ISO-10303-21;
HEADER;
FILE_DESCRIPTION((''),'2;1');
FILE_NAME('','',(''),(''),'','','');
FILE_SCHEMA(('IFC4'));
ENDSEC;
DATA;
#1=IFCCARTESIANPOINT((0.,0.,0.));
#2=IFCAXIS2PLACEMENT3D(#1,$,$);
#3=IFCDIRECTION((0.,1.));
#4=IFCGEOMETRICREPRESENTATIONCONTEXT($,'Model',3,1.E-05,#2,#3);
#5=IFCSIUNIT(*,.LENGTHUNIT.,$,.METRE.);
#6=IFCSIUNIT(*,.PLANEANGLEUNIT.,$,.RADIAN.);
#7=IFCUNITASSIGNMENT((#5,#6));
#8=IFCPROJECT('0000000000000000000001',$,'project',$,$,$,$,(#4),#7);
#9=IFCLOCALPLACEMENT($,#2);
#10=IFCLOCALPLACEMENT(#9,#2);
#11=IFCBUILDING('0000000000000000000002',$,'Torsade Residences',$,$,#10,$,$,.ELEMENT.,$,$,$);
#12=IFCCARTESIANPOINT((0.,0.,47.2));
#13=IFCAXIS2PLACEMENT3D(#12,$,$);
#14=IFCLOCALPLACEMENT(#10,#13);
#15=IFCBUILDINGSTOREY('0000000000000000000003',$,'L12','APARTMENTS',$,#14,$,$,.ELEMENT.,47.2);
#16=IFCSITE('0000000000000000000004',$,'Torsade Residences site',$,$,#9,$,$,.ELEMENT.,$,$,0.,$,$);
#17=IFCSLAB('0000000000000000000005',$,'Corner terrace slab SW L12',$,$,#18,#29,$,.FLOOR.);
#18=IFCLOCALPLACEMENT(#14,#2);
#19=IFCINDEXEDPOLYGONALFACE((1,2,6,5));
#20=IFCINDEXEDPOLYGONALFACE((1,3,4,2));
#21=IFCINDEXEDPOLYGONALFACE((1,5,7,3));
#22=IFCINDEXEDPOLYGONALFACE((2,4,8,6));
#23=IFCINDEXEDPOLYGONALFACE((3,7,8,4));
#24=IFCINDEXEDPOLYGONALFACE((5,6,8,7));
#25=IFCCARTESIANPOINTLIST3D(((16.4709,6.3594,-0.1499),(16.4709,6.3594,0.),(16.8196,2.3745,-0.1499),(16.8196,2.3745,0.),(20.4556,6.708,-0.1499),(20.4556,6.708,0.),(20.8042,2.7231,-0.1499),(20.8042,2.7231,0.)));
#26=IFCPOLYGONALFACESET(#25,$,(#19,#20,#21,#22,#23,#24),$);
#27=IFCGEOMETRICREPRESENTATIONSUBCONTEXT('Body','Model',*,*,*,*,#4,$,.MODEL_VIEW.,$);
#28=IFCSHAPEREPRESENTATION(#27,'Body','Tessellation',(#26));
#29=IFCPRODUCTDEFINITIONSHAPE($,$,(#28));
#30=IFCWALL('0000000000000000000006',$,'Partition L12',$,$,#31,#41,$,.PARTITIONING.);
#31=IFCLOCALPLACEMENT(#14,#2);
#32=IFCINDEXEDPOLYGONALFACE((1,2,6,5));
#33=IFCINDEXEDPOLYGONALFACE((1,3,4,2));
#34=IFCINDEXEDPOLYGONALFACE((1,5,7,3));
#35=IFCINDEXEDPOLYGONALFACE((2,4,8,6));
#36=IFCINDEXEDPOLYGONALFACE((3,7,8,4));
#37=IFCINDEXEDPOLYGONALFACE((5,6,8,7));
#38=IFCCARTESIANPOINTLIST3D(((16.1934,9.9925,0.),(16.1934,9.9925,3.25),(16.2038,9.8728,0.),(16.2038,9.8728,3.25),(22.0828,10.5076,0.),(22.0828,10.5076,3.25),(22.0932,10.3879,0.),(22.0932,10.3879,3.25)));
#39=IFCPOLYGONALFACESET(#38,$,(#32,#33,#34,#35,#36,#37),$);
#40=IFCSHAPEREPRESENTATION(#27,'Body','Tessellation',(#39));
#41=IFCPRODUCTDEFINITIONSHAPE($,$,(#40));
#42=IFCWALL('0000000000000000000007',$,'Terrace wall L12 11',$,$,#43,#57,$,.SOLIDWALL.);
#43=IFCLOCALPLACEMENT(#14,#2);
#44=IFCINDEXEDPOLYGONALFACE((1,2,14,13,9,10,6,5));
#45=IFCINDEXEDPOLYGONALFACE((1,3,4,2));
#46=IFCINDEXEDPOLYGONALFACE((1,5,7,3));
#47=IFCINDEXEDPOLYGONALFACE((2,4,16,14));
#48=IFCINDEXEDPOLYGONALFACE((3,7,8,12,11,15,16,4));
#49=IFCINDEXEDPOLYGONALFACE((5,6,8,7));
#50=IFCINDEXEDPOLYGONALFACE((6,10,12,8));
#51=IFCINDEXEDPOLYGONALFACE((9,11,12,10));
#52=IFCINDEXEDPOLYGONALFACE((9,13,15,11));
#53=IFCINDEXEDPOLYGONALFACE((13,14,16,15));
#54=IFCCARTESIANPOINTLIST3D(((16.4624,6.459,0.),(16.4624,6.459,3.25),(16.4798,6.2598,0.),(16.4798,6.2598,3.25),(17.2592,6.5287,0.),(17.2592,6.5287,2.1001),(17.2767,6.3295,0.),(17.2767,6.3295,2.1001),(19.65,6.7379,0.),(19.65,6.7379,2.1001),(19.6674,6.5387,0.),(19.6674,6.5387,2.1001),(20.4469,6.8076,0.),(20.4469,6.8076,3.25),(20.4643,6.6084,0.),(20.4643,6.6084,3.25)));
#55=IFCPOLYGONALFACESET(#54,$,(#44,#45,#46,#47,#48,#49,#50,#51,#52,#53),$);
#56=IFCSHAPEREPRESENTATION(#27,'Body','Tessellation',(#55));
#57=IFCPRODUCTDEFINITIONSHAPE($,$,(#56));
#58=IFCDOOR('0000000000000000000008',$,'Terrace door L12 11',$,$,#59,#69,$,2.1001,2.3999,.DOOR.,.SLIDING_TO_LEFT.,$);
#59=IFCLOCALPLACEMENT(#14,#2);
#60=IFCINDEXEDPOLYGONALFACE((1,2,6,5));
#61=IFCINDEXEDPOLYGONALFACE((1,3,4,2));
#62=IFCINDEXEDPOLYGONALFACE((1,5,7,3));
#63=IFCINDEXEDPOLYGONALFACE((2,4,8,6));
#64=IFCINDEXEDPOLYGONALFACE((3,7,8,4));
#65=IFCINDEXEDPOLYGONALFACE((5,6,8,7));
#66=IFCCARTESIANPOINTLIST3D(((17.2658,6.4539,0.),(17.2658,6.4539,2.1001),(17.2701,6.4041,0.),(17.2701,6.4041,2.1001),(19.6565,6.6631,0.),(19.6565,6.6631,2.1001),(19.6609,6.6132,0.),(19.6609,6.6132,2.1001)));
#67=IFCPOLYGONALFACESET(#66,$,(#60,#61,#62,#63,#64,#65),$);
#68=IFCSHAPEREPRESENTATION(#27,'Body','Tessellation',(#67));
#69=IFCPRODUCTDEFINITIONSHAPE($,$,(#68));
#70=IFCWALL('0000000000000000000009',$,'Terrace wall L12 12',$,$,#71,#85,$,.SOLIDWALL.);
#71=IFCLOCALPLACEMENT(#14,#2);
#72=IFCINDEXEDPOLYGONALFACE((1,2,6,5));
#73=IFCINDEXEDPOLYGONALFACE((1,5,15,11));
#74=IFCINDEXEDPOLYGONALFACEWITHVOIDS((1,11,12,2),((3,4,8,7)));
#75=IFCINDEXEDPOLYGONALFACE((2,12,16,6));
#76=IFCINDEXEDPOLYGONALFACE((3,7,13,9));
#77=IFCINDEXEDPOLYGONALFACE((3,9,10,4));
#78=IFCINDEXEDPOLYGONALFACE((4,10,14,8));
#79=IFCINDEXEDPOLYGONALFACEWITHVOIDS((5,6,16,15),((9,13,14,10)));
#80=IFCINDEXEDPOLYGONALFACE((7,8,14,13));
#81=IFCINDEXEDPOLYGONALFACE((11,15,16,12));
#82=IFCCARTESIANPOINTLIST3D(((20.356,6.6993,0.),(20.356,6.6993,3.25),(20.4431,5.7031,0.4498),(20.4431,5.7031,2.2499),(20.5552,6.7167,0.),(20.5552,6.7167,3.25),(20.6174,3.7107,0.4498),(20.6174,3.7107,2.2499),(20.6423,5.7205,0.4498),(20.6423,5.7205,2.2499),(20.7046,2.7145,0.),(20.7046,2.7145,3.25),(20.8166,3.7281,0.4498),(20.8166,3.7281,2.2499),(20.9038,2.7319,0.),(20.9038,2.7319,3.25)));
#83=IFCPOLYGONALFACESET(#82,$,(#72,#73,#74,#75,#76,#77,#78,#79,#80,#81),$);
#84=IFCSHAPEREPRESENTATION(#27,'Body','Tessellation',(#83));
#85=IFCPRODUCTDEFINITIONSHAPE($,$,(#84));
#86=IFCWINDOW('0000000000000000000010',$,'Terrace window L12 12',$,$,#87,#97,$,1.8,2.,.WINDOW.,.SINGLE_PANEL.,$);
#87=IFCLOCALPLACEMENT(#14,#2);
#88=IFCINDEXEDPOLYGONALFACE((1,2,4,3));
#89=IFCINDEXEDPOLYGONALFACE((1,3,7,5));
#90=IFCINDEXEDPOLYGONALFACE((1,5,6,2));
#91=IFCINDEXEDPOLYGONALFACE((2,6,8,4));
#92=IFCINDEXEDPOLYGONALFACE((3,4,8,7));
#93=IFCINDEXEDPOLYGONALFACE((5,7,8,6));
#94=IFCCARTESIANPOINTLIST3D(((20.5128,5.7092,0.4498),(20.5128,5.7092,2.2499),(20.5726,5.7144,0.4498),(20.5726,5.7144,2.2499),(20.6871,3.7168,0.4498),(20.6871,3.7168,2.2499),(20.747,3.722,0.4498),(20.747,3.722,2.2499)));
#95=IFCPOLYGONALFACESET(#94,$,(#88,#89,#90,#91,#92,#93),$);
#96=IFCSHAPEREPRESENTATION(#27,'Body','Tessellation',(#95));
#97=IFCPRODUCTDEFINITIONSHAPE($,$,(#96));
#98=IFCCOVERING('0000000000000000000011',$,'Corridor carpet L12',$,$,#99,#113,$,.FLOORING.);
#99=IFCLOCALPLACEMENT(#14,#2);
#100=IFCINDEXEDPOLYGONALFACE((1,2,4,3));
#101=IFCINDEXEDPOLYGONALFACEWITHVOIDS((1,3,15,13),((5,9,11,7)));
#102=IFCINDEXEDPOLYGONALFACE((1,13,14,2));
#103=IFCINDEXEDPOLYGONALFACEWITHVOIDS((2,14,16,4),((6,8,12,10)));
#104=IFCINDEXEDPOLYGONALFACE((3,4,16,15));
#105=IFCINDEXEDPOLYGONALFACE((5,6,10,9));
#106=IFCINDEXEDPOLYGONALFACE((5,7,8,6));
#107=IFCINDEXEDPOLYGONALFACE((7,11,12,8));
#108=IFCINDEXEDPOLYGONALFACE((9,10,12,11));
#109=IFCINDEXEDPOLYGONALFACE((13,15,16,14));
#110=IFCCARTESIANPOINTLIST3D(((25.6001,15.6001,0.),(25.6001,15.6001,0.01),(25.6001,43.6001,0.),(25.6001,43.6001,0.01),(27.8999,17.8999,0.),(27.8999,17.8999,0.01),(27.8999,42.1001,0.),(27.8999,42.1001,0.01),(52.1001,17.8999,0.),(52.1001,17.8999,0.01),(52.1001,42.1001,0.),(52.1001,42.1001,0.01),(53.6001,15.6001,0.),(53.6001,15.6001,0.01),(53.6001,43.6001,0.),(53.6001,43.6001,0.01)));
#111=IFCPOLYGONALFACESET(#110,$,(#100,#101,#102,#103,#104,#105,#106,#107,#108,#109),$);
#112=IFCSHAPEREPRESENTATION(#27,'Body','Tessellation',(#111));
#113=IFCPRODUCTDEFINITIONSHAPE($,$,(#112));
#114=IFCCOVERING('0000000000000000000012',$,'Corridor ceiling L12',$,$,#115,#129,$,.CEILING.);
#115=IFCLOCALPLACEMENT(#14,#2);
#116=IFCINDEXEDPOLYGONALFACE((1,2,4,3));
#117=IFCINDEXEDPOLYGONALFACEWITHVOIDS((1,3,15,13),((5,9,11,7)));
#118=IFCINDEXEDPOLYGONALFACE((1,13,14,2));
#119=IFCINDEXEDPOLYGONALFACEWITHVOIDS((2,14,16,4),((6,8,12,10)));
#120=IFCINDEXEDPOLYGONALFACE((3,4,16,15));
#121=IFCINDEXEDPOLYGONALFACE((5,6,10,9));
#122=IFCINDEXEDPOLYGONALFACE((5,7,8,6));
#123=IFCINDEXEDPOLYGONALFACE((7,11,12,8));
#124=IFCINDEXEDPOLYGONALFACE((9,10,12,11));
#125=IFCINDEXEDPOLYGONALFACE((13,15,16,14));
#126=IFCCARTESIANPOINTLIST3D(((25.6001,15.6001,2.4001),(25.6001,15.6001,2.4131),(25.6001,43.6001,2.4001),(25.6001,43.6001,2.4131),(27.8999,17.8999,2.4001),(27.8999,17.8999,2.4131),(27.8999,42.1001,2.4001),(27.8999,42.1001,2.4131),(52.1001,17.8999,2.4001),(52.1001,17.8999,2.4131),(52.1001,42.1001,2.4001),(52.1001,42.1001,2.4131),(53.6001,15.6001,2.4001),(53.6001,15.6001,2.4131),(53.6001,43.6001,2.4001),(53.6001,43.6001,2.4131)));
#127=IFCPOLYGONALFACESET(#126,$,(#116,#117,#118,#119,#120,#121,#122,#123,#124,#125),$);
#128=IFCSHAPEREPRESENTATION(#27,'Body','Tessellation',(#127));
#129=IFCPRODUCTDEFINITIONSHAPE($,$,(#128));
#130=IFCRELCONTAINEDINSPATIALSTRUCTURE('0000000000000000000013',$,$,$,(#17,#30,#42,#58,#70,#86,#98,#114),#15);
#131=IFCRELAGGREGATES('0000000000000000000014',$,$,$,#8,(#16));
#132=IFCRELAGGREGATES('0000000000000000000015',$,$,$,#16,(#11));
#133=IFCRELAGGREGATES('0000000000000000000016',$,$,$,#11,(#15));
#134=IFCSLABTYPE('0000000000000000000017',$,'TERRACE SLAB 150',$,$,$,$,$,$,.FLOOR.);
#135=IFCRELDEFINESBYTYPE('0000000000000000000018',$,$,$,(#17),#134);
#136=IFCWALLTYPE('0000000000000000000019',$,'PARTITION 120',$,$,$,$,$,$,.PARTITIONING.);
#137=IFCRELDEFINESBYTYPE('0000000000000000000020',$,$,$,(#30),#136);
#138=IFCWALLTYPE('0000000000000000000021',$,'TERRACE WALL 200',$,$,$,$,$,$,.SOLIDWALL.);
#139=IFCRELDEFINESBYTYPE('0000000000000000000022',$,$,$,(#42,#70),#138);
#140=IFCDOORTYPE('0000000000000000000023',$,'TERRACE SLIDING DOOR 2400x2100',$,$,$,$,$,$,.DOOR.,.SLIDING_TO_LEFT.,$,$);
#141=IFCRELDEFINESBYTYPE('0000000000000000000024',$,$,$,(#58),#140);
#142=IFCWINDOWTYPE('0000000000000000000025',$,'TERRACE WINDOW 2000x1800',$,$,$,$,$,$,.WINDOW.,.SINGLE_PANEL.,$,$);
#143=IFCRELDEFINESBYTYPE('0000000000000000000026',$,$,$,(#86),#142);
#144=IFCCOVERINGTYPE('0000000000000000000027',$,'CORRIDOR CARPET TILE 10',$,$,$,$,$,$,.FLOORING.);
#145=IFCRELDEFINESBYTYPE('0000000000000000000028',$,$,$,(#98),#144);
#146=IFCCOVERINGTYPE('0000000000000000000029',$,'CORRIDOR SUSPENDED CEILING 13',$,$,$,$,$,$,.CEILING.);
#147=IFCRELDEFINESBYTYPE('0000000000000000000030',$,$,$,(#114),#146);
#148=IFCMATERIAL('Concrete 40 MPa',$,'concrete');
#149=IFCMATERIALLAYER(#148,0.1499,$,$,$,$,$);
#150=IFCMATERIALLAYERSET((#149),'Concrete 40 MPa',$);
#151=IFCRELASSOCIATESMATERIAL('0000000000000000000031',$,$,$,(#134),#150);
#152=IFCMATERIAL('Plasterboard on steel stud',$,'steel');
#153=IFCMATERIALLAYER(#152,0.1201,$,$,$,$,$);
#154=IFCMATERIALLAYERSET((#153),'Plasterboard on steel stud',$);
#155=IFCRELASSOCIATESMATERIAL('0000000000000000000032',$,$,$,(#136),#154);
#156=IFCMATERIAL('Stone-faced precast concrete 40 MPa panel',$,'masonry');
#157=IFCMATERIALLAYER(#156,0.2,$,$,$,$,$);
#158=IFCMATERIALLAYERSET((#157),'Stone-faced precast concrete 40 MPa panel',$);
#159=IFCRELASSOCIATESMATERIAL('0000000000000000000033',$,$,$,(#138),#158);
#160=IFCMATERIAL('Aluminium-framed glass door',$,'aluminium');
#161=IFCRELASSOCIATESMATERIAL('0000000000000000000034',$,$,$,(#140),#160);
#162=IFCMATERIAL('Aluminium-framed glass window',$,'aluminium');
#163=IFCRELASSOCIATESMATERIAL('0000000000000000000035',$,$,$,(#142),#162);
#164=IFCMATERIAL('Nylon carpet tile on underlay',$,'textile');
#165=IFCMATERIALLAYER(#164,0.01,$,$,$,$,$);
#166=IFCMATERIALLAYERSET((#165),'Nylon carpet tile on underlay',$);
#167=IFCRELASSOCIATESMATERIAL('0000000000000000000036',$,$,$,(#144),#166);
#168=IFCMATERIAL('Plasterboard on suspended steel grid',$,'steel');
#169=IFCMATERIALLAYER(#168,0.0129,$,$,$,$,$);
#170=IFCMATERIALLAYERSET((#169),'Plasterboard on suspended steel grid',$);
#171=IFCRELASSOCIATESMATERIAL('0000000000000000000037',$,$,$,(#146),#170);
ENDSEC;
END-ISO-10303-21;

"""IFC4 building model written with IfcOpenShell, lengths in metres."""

from ifc_helpers import new_model, si_unit, direction, frame, frame_2d, origin, place, context, subcontext, project, spatial, polyline, rectangle, outline, extrude, material, layer, layer_set, type_object, element, fill, save


model = new_model("IFC4")

# Units and contexts
model_context = context("Model", 3, precision=1e-05, world=origin(), true_north=direction((0.0, 1.0)))
body_context = subcontext(model_context, "Body", "Model", "MODEL_VIEW")
ifc_project = project(units=[si_unit("LENGTHUNIT", "METRE"), si_unit("PLANEANGLEUNIT", "RADIAN")], contexts=[model_context])

# Site, building, storey
site_placement = place(None, origin())
site = spatial("IfcSite", under=ifc_project, at=site_placement, Name="Torsade Residences site", CompositionType="ELEMENT", RefElevation=0.0)
building_placement = place(site_placement, origin())
building = spatial("IfcBuilding", under=site, at=building_placement, Name="Torsade Residences", CompositionType="ELEMENT")
storey_placement = place(building_placement, frame((0.0, 0.0, 47.2)))
storey = spatial("IfcBuildingStorey", under=building, at=storey_placement, Name="L12", Description="APARTMENTS", CompositionType="ELEMENT", Elevation=47.2)

# Slab
ifc_material_1 = material(Name="Concrete 40 MPa", Category="concrete")
ifc_layer_1 = layer(ifc_material_1, 0.1499)
ifc_layer_set_1 = layer_set([ifc_layer_1], Name="Concrete 40 MPa")
slab_type_1 = type_object("IfcSlabType", Name="TERRACE SLAB 150", PredefinedType="FLOOR", material=ifc_layer_set_1)
slab_1_placement = place(storey_placement, frame((0.0, 0.0, -0.1499)))
element("IfcSlab", 1, at=slab_1_placement, inside=storey, type_object=slab_type_1, Name="Corner terrace slab SW L12", PredefinedType="FLOOR", context=body_context, shape_type="SweptSolid", body=[
    extrude(outline(polyline([(16.8196, 2.3745), (20.8042, 2.7231), (20.4556, 6.708), (16.4709, 6.3594), (16.8196, 2.3745)])), origin(), (0.0, 0.0, 1.0), 0.1499),
])

# Wall
ifc_material_2 = material(Name="Plasterboard on steel stud", Category="steel")
ifc_layer_2 = layer(ifc_material_2, 0.1201)
ifc_layer_set_2 = layer_set([ifc_layer_2], Name="Plasterboard on steel stud")
wall_type_1 = type_object("IfcWallType", Name="PARTITION 120", PredefinedType="PARTITIONING", material=ifc_layer_set_2)
wall_1_placement = place(storey_placement, frame((16.1985, 9.9326, 0.0), z_axis=(0.0, 0.0, 1.0), x_axis=(0.996196, 0.087136, 0.0)))
element("IfcWall", 2, at=wall_1_placement, inside=storey, type_object=wall_type_1, Name="Partition L12", PredefinedType="PARTITIONING", context=body_context, shape_type="SweptSolid", body=[
    extrude(rectangle(XDim=5.9119, YDim=0.1201, at=frame_2d((2.9561, 0.0))), origin(), (0.0, 0.0, 1.0), 3.25),
])

# Wall, opening, door
ifc_material_3 = material(Name="Stone-faced precast concrete 40 MPa panel", Category="masonry")
ifc_layer_3 = layer(ifc_material_3, 0.2)
ifc_layer_set_3 = layer_set([ifc_layer_3], Name="Stone-faced precast concrete 40 MPa panel")
wall_type_2 = type_object("IfcWallType", Name="TERRACE WALL 200", PredefinedType="SOLIDWALL", material=ifc_layer_set_3)
wall_2_placement = place(storey_placement, frame((16.4709, 6.3594, 0.0), z_axis=(0.0, 0.0, 1.0), x_axis=(0.996194, 0.087162, 0.0)))
wall_2 = element("IfcWall", 3, at=wall_2_placement, inside=storey, type_object=wall_type_2, Name="Terrace wall L12 11", PredefinedType="SOLIDWALL", context=body_context, shape_type="SweptSolid", body=[
    extrude(rectangle(XDim=3.9998, YDim=0.2, at=frame_2d((2.0, 0.0))), origin(), (0.0, 0.0, 1.0), 3.25),
])
opening_1_placement = place(wall_2_placement, frame((0.8, 0.0, 0.0)))
opening_1 = element("IfcOpeningElement", 4, at=opening_1_placement, cuts=wall_2, PredefinedType="OPENING", context=body_context, shape_type="SweptSolid", body=[
    extrude(rectangle(XDim=2.3999, YDim=2.1001, at=frame_2d((1.2, 1.05))), frame((0.0, 0.1099, 0.0), z_axis=(0.0, -1.0, 0.0), x_axis=(1.0, 0.0, 0.0)), (0.0, 0.0, 1.0), 0.22),
])
ifc_material_4 = material(Name="Aluminium-framed glass door", Category="aluminium")
door_type = type_object("IfcDoorType", Name="TERRACE SLIDING DOOR 2400x2100", OperationType="SLIDING_TO_LEFT", PredefinedType="DOOR", material=ifc_material_4)
door_placement = place(opening_1_placement, origin())
door = element("IfcDoor", 5, at=door_placement, inside=storey, type_object=door_type, Name="Terrace door L12 11", OperationType="SLIDING_TO_LEFT", OverallHeight=2.1001, OverallWidth=2.3999, PredefinedType="DOOR", context=body_context, shape_type="SweptSolid", body=[
    extrude(rectangle(XDim=2.3999, YDim=2.1001, at=frame_2d((1.2, 1.05))), frame((0.0, 0.0249, 0.0), z_axis=(0.0, -1.0, 0.0), x_axis=(1.0, 0.0, 0.0)), (0.0, 0.0, 1.0), 0.05),
])
fill(opening_1, door)

# Wall, opening, window
wall_3_placement = place(storey_placement, frame((20.4556, 6.708, 0.0), z_axis=(0.0, 0.0, 1.0), x_axis=(0.087156, -0.996195, 0.0)))
wall_3 = element("IfcWall", 6, at=wall_3_placement, inside=storey, type_object=wall_type_2, Name="Terrace wall L12 12", PredefinedType="SOLIDWALL", context=body_context, shape_type="SweptSolid", body=[
    extrude(rectangle(XDim=4.0, YDim=0.2, at=frame_2d((2.0, 0.0))), origin(), (0.0, 0.0, 1.0), 3.25),
])
opening_2_placement = place(wall_3_placement, frame((1.0, 0.0, 0.45)))
opening_2 = element("IfcOpeningElement", 7, at=opening_2_placement, cuts=wall_3, PredefinedType="OPENING", context=body_context, shape_type="SweptSolid", body=[
    extrude(rectangle(XDim=2.0, YDim=1.8, at=frame_2d((1.0, 0.8999))), frame((0.0, 0.1099, 0.0), z_axis=(0.0, -1.0, 0.0), x_axis=(1.0, 0.0, 0.0)), (0.0, 0.0, 1.0), 0.22),
])
ifc_material_5 = material(Name="Aluminium-framed glass window", Category="aluminium")
window_type = type_object("IfcWindowType", Name="TERRACE WINDOW 2000x1800", PartitioningType="SINGLE_PANEL", PredefinedType="WINDOW", material=ifc_material_5)
window_placement = place(opening_2_placement, origin())
window = element("IfcWindow", 8, at=window_placement, inside=storey, type_object=window_type, Name="Terrace window L12 12", OverallHeight=1.8, OverallWidth=2.0, PartitioningType="SINGLE_PANEL", PredefinedType="WINDOW", context=body_context, shape_type="SweptSolid", body=[
    extrude(rectangle(XDim=2.0, YDim=1.8, at=frame_2d((1.0, 0.8999))), frame((0.0, 0.03, 0.0), z_axis=(0.0, -1.0, 0.0), x_axis=(1.0, 0.0, 0.0)), (0.0, 0.0, 1.0), 0.0601),
])
fill(opening_2, window)

# Coverings
ifc_material_6 = material(Name="Nylon carpet tile on underlay", Category="textile")
ifc_layer_4 = layer(ifc_material_6, 0.01)
ifc_layer_set_4 = layer_set([ifc_layer_4], Name="Nylon carpet tile on underlay")
covering_type_1 = type_object("IfcCoveringType", Name="CORRIDOR CARPET TILE 10", PredefinedType="FLOORING", material=ifc_layer_set_4)
covering_1_placement = place(storey_placement, origin())
element("IfcCovering", 9, at=covering_1_placement, inside=storey, type_object=covering_type_1, Name="Corridor carpet L12", PredefinedType="FLOORING", context=body_context, shape_type="SweptSolid", body=[
    extrude(outline(polyline([(53.6001, 15.6001), (53.6001, 43.6001), (25.6001, 43.6001), (25.6001, 15.6001), (53.6001, 15.6001)]), holes=[polyline([(52.1001, 42.1001), (27.8999, 42.1001), (27.8999, 17.8999), (52.1001, 17.8999), (52.1001, 42.1001)])]), origin(), (0.0, 0.0, 1.0), 0.01),
])
ifc_material_7 = material(Name="Plasterboard on suspended steel grid", Category="steel")
ifc_layer_5 = layer(ifc_material_7, 0.0129)
ifc_layer_set_5 = layer_set([ifc_layer_5], Name="Plasterboard on suspended steel grid")
covering_type_2 = type_object("IfcCoveringType", Name="CORRIDOR SUSPENDED CEILING 13", PredefinedType="CEILING", material=ifc_layer_set_5)
covering_2_placement = place(storey_placement, frame((0.0, 0.0, 2.4001)))
element("IfcCovering", 10, at=covering_2_placement, inside=storey, type_object=covering_type_2, Name="Corridor ceiling L12", PredefinedType="CEILING", context=body_context, shape_type="SweptSolid", body=[
    extrude(outline(polyline([(53.6001, 15.6001), (53.6001, 43.6001), (25.6001, 43.6001), (25.6001, 15.6001), (53.6001, 15.6001)]), holes=[polyline([(52.1001, 42.1001), (27.8999, 42.1001), (27.8999, 17.8999), (52.1001, 17.8999), (52.1001, 42.1001)])]), origin(), (0.0, 0.0, 1.0), 0.0129),
])

save(model, "model.ifc")
